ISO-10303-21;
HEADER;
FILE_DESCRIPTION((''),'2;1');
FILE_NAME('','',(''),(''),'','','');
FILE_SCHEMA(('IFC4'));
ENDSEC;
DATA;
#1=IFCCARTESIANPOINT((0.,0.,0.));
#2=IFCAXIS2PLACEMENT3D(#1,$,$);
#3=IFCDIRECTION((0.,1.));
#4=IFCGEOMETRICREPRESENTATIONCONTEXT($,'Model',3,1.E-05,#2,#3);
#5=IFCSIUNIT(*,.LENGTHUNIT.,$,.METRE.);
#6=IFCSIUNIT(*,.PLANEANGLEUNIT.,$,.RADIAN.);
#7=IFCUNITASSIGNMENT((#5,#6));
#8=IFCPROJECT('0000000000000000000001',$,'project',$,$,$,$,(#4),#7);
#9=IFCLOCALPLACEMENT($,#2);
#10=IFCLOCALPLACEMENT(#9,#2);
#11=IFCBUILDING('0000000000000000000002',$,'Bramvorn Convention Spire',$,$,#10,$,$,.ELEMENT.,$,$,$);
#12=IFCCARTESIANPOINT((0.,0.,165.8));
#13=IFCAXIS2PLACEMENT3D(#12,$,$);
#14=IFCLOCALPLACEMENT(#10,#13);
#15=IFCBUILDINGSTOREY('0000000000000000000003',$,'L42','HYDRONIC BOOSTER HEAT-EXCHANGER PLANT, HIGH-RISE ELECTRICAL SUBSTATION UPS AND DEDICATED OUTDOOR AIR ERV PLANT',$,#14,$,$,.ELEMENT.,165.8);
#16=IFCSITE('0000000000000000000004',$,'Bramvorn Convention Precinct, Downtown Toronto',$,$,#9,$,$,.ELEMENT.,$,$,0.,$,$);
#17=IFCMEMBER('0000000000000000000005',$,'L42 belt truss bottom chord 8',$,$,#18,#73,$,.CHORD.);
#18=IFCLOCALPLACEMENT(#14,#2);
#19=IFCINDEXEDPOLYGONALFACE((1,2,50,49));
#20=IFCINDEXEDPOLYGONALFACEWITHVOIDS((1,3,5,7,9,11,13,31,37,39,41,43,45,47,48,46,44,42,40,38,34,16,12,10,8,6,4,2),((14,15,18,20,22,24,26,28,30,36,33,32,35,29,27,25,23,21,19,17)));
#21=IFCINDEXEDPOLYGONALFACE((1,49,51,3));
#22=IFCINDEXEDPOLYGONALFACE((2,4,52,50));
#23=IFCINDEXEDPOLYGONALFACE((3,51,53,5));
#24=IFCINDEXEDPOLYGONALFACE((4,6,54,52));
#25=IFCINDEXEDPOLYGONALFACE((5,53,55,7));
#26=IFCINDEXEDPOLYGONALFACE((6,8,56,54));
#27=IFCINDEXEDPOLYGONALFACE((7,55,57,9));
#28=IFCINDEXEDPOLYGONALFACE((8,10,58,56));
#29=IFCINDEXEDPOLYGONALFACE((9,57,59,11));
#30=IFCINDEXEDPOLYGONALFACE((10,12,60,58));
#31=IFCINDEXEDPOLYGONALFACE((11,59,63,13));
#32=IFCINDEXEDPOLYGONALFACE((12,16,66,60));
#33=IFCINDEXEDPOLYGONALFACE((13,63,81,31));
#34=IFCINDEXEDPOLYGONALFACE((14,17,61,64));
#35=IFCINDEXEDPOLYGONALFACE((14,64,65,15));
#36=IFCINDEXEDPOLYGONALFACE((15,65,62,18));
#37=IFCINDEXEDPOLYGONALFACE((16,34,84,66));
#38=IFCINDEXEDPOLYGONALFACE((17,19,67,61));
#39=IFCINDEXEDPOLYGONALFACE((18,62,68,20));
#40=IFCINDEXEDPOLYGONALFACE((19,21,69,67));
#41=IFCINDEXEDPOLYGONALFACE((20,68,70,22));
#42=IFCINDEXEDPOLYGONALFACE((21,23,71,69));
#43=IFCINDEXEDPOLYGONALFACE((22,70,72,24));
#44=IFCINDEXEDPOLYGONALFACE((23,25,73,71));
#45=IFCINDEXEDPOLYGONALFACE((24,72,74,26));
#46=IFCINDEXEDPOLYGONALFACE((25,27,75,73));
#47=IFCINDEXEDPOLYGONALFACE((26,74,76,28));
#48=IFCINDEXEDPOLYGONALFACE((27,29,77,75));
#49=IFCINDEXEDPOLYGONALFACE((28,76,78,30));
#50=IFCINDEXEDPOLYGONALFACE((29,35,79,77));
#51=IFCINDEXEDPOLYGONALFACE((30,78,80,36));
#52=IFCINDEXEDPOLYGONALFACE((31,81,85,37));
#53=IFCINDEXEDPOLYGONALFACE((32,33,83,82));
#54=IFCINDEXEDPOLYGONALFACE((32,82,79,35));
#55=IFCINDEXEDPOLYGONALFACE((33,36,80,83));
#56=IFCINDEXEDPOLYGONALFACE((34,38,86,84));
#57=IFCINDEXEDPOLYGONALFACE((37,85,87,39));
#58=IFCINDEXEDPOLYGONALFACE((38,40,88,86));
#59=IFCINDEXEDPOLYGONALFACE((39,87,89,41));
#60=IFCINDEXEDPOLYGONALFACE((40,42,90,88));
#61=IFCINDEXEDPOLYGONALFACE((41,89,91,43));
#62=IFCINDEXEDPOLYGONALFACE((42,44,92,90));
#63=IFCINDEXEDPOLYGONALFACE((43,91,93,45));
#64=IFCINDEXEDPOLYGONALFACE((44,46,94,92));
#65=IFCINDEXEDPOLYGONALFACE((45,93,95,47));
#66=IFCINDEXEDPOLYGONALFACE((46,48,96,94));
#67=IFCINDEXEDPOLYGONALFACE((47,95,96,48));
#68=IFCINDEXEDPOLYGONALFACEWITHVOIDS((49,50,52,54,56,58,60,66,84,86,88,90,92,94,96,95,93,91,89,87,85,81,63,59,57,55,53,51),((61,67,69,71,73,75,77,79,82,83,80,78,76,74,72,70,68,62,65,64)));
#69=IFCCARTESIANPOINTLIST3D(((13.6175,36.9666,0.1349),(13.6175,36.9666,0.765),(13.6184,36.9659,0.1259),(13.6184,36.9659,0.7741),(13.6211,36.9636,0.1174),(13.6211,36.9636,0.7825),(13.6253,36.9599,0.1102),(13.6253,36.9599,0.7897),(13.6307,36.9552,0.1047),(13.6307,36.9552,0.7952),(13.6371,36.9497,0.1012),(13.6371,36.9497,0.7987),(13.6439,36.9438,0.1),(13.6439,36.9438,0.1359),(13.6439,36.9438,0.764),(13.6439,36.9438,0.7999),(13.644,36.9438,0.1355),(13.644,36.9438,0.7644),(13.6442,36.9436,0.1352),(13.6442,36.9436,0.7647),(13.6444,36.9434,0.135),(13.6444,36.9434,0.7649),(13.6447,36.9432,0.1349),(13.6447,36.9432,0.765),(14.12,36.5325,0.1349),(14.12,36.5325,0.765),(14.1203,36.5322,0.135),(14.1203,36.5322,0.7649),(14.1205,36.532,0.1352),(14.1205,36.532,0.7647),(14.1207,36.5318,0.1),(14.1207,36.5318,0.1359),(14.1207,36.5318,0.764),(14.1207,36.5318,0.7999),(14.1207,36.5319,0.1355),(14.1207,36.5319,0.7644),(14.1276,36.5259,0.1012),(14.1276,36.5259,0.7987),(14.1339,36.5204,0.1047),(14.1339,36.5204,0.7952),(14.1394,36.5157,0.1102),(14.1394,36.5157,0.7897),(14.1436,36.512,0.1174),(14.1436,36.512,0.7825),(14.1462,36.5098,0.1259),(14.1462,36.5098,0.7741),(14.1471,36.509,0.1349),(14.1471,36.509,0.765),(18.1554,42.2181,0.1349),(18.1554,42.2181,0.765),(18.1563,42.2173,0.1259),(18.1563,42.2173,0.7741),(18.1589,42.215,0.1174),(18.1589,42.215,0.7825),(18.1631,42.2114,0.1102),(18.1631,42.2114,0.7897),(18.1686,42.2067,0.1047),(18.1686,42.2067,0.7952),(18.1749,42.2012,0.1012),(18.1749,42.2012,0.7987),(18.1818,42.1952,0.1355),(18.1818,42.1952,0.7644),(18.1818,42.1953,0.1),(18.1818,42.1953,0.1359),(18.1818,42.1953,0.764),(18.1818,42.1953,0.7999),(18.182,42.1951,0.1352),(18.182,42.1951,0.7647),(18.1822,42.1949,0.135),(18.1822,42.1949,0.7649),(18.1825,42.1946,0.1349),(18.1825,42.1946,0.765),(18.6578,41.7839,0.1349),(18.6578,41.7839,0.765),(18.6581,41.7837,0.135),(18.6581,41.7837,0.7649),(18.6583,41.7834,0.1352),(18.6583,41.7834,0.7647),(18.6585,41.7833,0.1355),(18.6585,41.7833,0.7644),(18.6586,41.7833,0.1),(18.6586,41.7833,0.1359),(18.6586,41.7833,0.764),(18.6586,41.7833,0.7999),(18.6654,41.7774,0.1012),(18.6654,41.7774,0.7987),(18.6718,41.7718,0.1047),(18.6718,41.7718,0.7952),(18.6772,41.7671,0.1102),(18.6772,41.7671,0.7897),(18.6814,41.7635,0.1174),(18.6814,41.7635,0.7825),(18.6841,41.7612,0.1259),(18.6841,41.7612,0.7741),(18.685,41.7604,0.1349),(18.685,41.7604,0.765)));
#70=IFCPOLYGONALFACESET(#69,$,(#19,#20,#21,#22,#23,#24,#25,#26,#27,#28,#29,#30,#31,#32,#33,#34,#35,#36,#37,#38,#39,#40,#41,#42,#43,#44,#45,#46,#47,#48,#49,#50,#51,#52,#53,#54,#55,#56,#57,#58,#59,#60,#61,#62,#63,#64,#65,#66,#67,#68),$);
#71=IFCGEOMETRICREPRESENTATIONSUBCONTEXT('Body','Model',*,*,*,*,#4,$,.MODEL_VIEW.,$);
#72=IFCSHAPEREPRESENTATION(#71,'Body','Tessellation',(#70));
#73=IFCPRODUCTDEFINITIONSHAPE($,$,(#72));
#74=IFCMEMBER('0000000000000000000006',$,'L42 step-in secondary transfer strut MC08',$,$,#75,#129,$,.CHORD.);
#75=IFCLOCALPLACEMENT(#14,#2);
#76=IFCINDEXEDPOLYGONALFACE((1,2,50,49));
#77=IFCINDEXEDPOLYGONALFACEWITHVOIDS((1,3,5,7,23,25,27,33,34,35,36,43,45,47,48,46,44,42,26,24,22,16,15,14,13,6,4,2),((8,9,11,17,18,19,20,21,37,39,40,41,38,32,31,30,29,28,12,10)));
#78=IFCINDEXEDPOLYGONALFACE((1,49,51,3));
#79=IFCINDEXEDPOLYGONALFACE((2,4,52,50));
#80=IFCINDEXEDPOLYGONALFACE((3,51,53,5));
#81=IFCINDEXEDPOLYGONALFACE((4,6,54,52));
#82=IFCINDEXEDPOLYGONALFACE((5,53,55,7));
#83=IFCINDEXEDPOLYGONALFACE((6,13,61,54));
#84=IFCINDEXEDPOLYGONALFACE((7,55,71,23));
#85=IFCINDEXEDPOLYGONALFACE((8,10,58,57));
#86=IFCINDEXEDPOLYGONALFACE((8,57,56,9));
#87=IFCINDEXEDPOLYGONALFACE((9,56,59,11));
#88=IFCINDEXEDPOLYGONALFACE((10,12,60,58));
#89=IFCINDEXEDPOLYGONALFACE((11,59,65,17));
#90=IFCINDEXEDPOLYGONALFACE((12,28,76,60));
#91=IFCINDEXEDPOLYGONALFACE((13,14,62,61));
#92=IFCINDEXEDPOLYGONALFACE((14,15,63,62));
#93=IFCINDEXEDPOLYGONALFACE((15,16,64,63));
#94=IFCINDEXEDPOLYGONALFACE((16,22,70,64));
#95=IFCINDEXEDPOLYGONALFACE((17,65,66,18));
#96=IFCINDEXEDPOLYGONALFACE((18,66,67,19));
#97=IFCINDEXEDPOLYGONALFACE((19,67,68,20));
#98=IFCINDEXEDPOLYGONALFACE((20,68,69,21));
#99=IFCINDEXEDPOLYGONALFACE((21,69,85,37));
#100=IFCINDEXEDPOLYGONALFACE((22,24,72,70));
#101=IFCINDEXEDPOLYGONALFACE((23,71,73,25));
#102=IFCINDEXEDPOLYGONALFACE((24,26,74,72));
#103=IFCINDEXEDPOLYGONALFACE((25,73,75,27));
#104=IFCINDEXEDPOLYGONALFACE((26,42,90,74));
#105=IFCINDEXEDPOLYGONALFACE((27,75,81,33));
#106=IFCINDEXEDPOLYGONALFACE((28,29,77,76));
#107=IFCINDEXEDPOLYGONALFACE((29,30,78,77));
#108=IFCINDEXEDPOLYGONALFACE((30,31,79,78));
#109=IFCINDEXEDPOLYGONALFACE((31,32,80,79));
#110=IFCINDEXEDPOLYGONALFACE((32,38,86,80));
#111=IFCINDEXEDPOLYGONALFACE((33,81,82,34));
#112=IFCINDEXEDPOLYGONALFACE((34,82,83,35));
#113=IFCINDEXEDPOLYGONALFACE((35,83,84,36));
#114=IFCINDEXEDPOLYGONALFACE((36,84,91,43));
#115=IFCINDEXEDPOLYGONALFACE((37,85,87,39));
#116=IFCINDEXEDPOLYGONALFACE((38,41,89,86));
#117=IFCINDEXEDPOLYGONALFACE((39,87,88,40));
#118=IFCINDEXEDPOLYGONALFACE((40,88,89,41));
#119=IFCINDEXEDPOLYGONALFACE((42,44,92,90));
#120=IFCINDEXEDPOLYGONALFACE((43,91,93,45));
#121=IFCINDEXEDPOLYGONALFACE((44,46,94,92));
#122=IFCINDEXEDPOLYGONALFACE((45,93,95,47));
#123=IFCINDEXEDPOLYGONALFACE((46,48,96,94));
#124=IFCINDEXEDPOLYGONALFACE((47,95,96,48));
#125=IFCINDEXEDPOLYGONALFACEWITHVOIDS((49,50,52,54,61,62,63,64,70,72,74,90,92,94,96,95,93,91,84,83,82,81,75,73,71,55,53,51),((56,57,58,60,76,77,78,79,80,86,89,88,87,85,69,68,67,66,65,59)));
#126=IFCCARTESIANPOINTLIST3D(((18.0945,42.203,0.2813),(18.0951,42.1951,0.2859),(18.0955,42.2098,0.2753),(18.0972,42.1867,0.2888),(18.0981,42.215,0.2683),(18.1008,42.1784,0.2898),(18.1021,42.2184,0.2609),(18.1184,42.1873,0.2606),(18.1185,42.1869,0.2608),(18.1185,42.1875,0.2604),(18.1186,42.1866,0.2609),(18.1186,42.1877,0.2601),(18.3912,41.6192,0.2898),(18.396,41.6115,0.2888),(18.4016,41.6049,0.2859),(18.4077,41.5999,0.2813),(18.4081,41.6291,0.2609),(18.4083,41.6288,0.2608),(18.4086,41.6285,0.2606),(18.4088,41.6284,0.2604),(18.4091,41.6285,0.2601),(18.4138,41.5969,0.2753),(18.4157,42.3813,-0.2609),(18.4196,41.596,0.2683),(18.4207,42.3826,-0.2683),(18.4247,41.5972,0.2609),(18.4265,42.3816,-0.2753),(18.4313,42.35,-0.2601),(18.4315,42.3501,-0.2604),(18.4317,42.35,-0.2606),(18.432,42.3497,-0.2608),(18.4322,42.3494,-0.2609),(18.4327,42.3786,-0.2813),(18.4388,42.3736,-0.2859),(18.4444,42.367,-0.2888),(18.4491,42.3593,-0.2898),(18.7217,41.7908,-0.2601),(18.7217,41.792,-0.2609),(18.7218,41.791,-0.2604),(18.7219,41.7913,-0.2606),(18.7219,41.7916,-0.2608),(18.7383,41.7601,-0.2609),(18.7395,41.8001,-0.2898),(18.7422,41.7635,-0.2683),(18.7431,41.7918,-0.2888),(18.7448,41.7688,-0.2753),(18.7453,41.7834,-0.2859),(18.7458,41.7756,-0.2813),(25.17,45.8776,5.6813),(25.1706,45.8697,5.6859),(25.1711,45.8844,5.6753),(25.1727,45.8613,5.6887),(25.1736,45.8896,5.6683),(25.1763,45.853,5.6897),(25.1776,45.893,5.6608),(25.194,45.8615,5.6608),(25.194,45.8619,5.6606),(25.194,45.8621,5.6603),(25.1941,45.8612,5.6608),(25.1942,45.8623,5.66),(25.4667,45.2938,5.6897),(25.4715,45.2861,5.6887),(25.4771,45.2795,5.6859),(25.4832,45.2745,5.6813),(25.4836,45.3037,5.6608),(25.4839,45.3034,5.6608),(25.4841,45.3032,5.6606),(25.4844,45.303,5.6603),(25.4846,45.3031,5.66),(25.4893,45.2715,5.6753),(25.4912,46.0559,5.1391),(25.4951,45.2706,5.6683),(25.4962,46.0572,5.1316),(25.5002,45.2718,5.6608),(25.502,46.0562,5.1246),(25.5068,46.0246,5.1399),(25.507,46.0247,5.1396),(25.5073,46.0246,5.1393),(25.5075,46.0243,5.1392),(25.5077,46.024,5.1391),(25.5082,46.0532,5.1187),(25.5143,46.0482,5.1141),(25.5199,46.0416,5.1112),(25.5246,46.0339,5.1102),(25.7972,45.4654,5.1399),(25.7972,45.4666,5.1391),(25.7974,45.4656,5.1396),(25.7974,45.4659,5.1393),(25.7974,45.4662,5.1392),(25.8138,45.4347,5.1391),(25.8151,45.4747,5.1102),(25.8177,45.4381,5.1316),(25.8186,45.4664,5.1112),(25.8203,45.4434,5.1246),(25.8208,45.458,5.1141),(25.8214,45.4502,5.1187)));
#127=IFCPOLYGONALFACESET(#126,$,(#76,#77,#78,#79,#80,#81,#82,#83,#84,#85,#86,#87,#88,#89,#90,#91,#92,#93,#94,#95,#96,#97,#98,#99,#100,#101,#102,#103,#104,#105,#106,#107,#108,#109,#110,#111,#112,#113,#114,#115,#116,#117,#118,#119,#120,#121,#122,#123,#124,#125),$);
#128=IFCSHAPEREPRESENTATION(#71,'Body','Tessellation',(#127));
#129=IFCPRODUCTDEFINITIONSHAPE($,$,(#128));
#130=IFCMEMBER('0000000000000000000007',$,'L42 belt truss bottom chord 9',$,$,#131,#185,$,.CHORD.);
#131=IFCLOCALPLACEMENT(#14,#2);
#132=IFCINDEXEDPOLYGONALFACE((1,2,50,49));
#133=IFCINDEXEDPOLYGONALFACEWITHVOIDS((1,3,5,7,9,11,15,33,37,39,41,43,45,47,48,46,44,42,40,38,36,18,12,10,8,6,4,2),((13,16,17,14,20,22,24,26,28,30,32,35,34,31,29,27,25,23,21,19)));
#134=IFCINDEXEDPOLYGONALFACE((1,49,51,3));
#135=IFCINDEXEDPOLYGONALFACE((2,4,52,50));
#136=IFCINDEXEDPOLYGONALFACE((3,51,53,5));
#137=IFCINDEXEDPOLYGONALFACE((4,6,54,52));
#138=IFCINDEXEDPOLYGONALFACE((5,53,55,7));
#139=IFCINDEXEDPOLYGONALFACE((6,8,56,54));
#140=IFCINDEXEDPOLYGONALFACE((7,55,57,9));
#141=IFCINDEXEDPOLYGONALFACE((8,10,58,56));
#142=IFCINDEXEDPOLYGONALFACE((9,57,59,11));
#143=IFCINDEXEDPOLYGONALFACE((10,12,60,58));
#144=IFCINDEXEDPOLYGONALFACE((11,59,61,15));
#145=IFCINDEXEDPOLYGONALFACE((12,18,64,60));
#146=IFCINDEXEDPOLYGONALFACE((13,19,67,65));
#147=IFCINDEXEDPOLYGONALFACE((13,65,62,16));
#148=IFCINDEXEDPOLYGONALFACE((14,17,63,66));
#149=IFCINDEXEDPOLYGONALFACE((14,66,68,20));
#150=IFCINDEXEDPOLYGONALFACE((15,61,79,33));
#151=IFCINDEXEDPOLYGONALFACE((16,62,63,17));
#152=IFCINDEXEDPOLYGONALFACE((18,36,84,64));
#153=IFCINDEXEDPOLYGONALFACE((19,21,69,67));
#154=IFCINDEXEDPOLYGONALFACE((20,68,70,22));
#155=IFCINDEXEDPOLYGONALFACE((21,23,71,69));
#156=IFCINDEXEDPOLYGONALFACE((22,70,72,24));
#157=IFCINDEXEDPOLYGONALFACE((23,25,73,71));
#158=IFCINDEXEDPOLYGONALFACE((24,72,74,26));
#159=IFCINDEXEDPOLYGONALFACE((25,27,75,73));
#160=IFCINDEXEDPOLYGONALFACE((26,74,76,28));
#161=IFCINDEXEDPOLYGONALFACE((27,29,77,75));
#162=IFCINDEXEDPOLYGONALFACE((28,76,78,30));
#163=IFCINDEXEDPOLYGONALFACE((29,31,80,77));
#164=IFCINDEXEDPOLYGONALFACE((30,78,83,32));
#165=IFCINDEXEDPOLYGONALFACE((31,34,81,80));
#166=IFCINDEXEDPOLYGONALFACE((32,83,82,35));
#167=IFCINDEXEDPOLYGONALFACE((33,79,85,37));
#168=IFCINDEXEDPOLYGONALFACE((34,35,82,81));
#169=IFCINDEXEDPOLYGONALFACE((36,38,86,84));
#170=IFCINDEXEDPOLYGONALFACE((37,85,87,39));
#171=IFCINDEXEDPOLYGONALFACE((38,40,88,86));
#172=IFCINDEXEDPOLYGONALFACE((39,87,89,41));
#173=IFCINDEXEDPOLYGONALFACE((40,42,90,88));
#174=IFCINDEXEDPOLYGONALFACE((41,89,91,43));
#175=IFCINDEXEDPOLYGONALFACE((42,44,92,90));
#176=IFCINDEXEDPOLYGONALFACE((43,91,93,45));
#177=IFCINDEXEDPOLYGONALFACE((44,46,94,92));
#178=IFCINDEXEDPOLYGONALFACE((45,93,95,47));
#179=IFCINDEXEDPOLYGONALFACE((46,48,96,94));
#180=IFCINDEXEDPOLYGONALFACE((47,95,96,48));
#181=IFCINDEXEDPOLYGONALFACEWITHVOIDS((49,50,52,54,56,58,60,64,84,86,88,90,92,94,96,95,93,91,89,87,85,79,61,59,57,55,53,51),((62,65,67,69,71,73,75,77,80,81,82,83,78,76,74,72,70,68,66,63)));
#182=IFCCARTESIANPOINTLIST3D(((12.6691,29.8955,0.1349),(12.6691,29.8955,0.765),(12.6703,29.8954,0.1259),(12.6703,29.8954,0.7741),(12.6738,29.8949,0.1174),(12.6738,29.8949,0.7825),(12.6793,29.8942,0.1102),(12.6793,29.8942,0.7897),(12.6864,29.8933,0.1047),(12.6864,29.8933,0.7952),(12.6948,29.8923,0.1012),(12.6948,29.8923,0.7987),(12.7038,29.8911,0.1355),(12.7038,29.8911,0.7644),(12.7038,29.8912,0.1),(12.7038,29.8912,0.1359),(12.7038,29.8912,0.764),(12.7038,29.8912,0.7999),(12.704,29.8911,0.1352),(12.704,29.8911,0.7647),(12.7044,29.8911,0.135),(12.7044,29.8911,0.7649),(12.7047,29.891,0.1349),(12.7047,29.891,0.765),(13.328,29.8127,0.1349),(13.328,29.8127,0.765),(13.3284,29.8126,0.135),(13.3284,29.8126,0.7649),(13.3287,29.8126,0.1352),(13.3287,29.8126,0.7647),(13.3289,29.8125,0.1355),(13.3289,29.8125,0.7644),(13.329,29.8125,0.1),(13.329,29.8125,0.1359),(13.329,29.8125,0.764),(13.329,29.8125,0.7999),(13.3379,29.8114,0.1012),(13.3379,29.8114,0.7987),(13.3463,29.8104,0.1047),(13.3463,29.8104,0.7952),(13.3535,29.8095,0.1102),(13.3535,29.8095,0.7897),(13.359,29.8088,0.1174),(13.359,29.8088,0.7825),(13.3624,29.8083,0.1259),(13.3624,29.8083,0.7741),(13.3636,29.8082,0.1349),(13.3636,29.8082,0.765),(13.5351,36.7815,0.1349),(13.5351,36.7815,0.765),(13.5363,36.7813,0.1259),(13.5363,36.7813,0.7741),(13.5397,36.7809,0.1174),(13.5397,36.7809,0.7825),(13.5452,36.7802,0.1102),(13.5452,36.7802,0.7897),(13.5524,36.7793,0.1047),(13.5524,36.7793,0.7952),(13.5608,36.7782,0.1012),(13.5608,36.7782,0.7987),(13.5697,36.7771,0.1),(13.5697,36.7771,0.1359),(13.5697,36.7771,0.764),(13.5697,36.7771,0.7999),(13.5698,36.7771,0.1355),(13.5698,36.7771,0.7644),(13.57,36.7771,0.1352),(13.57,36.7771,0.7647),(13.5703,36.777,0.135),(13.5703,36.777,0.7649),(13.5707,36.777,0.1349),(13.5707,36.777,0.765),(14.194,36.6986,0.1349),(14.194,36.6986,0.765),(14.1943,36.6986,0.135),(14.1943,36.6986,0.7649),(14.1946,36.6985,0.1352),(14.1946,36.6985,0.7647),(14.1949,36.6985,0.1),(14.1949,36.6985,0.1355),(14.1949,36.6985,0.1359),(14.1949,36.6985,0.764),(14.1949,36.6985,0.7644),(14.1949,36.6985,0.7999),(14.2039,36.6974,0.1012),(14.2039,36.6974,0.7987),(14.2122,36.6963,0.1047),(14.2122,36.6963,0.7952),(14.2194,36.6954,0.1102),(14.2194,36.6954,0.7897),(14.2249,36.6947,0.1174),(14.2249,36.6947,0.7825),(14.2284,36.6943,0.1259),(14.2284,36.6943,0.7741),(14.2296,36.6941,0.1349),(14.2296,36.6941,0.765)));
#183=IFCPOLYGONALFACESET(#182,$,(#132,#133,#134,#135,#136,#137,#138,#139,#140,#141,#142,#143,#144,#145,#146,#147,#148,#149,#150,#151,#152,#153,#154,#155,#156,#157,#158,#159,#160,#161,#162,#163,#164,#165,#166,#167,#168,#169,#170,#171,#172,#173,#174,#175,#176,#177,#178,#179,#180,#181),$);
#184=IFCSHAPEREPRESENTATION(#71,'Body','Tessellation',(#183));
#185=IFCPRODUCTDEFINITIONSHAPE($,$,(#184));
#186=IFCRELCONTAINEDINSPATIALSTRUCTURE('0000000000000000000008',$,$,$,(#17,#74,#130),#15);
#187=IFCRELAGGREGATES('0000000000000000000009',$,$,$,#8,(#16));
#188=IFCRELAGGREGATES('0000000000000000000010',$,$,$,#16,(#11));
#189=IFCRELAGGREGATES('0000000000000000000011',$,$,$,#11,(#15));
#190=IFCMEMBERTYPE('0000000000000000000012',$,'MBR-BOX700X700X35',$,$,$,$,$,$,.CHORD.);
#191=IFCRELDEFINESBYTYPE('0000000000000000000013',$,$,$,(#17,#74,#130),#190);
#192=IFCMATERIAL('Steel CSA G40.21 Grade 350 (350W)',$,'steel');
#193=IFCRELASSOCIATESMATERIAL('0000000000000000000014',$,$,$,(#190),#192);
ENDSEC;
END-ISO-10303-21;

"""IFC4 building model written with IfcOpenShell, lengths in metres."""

from ifc_helpers import new_model, si_unit, direction, frame, origin, origin_2d, place, context, subcontext, project, spatial, hollow_rectangle, extrude, material, material_profile, profile_set, type_object, element, save


model = new_model("IFC4")

# Units and contexts
model_context = context("Model", 3, precision=1e-05, world=origin(), true_north=direction((0.0, 1.0)))
body_context = subcontext(model_context, "Body", "Model", "MODEL_VIEW")
ifc_project = project(units=[si_unit("LENGTHUNIT", "METRE"), si_unit("PLANEANGLEUNIT", "RADIAN")], contexts=[model_context])

# Site, building, storey
site_placement = place(None, origin())
site = spatial("IfcSite", under=ifc_project, at=site_placement, Name="Bramvorn Convention Precinct, Downtown Toronto", CompositionType="ELEMENT", RefElevation=0.0)
building_placement = place(site_placement, origin())
building = spatial("IfcBuilding", under=site, at=building_placement, Name="Bramvorn Convention Spire", CompositionType="ELEMENT")
storey_placement = place(building_placement, frame((0.0, 0.0, 165.8)))
storey = spatial("IfcBuildingStorey", under=building, at=storey_placement, Name="L42", Description="HYDRONIC BOOSTER HEAT-EXCHANGER PLANT, HIGH-RISE ELECTRICAL SUBSTATION UPS AND DEDICATED OUTDOOR AIR ERV PLANT", CompositionType="ELEMENT", Elevation=165.8)

# Shared definitions
ifc_material_1 = material(Name="Steel CSA G40.21 Grade 350 (350W)", Category="steel")

# Members
ifc_material_profile_1 = material_profile(ifc_material_1, hollow_rectangle(XDim=0.7, YDim=0.7, WallThickness=0.0349, InnerFilletRadius=0.001, OuterFilletRadius=0.0349, at=origin_2d()))
ifc_profile_set_1 = profile_set([ifc_material_profile_1], Name="Steel CSA G40.21 Grade 350 (350W) - BOX700X700X35")
member_type_1 = type_object("IfcMemberType", Name="MBR-BOX700X700X35", PredefinedType="CHORD", material=ifc_profile_set_1)
member_1_placement = place(storey_placement, frame((18.4202, 41.9893, 0.45), z_axis=(-0.653825, -0.756646, 0.0), x_axis=(0.756646, -0.653825, 0.0)))
element("IfcMember", 1, at=member_1_placement, inside=storey, type_object=member_type_1, Name="L42 belt truss bottom chord 8", PredefinedType="CHORD", context=body_context, shape_type="SweptSolid", body=[
    extrude(hollow_rectangle(XDim=0.7, YDim=0.7, WallThickness=0.0349, InnerFilletRadius=0.001, OuterFilletRadius=0.0349, at=origin_2d()), origin(), (0.0, 0.0, 1.0), 6.9404),
])
member_2_placement = place(storey_placement, frame((18.4202, 41.9893, 0.0), z_axis=(0.734783, 0.381603, 0.560779), x_axis=(-0.460892, 0.887456, 0.0)))
element("IfcMember", 2, at=member_2_placement, inside=storey, type_object=member_type_1, Name="L42 step-in secondary transfer strut MC08", PredefinedType="CHORD", context=body_context, shape_type="SweptSolid", body=[
    extrude(hollow_rectangle(XDim=0.7, YDim=0.7, WallThickness=0.0349, InnerFilletRadius=0.001, OuterFilletRadius=0.0349, at=origin_2d()), origin(), (0.0, 0.0, 1.0), 9.6294),
])
member_3_placement = place(storey_placement, frame((13.8823, 36.7378, 0.45), z_axis=(-0.124775, -0.992185, 0.0), x_axis=(0.992185, -0.124775, 0.0)))
element("IfcMember", 3, at=member_3_placement, inside=storey, type_object=member_type_1, Name="L42 belt truss bottom chord 9", PredefinedType="CHORD", context=body_context, shape_type="SweptSolid", body=[
    extrude(hollow_rectangle(XDim=0.7, YDim=0.7, WallThickness=0.0349, InnerFilletRadius=0.001, OuterFilletRadius=0.0349, at=origin_2d()), origin(), (0.0, 0.0, 1.0), 6.9402),
])

save(model, "model.ifc")
